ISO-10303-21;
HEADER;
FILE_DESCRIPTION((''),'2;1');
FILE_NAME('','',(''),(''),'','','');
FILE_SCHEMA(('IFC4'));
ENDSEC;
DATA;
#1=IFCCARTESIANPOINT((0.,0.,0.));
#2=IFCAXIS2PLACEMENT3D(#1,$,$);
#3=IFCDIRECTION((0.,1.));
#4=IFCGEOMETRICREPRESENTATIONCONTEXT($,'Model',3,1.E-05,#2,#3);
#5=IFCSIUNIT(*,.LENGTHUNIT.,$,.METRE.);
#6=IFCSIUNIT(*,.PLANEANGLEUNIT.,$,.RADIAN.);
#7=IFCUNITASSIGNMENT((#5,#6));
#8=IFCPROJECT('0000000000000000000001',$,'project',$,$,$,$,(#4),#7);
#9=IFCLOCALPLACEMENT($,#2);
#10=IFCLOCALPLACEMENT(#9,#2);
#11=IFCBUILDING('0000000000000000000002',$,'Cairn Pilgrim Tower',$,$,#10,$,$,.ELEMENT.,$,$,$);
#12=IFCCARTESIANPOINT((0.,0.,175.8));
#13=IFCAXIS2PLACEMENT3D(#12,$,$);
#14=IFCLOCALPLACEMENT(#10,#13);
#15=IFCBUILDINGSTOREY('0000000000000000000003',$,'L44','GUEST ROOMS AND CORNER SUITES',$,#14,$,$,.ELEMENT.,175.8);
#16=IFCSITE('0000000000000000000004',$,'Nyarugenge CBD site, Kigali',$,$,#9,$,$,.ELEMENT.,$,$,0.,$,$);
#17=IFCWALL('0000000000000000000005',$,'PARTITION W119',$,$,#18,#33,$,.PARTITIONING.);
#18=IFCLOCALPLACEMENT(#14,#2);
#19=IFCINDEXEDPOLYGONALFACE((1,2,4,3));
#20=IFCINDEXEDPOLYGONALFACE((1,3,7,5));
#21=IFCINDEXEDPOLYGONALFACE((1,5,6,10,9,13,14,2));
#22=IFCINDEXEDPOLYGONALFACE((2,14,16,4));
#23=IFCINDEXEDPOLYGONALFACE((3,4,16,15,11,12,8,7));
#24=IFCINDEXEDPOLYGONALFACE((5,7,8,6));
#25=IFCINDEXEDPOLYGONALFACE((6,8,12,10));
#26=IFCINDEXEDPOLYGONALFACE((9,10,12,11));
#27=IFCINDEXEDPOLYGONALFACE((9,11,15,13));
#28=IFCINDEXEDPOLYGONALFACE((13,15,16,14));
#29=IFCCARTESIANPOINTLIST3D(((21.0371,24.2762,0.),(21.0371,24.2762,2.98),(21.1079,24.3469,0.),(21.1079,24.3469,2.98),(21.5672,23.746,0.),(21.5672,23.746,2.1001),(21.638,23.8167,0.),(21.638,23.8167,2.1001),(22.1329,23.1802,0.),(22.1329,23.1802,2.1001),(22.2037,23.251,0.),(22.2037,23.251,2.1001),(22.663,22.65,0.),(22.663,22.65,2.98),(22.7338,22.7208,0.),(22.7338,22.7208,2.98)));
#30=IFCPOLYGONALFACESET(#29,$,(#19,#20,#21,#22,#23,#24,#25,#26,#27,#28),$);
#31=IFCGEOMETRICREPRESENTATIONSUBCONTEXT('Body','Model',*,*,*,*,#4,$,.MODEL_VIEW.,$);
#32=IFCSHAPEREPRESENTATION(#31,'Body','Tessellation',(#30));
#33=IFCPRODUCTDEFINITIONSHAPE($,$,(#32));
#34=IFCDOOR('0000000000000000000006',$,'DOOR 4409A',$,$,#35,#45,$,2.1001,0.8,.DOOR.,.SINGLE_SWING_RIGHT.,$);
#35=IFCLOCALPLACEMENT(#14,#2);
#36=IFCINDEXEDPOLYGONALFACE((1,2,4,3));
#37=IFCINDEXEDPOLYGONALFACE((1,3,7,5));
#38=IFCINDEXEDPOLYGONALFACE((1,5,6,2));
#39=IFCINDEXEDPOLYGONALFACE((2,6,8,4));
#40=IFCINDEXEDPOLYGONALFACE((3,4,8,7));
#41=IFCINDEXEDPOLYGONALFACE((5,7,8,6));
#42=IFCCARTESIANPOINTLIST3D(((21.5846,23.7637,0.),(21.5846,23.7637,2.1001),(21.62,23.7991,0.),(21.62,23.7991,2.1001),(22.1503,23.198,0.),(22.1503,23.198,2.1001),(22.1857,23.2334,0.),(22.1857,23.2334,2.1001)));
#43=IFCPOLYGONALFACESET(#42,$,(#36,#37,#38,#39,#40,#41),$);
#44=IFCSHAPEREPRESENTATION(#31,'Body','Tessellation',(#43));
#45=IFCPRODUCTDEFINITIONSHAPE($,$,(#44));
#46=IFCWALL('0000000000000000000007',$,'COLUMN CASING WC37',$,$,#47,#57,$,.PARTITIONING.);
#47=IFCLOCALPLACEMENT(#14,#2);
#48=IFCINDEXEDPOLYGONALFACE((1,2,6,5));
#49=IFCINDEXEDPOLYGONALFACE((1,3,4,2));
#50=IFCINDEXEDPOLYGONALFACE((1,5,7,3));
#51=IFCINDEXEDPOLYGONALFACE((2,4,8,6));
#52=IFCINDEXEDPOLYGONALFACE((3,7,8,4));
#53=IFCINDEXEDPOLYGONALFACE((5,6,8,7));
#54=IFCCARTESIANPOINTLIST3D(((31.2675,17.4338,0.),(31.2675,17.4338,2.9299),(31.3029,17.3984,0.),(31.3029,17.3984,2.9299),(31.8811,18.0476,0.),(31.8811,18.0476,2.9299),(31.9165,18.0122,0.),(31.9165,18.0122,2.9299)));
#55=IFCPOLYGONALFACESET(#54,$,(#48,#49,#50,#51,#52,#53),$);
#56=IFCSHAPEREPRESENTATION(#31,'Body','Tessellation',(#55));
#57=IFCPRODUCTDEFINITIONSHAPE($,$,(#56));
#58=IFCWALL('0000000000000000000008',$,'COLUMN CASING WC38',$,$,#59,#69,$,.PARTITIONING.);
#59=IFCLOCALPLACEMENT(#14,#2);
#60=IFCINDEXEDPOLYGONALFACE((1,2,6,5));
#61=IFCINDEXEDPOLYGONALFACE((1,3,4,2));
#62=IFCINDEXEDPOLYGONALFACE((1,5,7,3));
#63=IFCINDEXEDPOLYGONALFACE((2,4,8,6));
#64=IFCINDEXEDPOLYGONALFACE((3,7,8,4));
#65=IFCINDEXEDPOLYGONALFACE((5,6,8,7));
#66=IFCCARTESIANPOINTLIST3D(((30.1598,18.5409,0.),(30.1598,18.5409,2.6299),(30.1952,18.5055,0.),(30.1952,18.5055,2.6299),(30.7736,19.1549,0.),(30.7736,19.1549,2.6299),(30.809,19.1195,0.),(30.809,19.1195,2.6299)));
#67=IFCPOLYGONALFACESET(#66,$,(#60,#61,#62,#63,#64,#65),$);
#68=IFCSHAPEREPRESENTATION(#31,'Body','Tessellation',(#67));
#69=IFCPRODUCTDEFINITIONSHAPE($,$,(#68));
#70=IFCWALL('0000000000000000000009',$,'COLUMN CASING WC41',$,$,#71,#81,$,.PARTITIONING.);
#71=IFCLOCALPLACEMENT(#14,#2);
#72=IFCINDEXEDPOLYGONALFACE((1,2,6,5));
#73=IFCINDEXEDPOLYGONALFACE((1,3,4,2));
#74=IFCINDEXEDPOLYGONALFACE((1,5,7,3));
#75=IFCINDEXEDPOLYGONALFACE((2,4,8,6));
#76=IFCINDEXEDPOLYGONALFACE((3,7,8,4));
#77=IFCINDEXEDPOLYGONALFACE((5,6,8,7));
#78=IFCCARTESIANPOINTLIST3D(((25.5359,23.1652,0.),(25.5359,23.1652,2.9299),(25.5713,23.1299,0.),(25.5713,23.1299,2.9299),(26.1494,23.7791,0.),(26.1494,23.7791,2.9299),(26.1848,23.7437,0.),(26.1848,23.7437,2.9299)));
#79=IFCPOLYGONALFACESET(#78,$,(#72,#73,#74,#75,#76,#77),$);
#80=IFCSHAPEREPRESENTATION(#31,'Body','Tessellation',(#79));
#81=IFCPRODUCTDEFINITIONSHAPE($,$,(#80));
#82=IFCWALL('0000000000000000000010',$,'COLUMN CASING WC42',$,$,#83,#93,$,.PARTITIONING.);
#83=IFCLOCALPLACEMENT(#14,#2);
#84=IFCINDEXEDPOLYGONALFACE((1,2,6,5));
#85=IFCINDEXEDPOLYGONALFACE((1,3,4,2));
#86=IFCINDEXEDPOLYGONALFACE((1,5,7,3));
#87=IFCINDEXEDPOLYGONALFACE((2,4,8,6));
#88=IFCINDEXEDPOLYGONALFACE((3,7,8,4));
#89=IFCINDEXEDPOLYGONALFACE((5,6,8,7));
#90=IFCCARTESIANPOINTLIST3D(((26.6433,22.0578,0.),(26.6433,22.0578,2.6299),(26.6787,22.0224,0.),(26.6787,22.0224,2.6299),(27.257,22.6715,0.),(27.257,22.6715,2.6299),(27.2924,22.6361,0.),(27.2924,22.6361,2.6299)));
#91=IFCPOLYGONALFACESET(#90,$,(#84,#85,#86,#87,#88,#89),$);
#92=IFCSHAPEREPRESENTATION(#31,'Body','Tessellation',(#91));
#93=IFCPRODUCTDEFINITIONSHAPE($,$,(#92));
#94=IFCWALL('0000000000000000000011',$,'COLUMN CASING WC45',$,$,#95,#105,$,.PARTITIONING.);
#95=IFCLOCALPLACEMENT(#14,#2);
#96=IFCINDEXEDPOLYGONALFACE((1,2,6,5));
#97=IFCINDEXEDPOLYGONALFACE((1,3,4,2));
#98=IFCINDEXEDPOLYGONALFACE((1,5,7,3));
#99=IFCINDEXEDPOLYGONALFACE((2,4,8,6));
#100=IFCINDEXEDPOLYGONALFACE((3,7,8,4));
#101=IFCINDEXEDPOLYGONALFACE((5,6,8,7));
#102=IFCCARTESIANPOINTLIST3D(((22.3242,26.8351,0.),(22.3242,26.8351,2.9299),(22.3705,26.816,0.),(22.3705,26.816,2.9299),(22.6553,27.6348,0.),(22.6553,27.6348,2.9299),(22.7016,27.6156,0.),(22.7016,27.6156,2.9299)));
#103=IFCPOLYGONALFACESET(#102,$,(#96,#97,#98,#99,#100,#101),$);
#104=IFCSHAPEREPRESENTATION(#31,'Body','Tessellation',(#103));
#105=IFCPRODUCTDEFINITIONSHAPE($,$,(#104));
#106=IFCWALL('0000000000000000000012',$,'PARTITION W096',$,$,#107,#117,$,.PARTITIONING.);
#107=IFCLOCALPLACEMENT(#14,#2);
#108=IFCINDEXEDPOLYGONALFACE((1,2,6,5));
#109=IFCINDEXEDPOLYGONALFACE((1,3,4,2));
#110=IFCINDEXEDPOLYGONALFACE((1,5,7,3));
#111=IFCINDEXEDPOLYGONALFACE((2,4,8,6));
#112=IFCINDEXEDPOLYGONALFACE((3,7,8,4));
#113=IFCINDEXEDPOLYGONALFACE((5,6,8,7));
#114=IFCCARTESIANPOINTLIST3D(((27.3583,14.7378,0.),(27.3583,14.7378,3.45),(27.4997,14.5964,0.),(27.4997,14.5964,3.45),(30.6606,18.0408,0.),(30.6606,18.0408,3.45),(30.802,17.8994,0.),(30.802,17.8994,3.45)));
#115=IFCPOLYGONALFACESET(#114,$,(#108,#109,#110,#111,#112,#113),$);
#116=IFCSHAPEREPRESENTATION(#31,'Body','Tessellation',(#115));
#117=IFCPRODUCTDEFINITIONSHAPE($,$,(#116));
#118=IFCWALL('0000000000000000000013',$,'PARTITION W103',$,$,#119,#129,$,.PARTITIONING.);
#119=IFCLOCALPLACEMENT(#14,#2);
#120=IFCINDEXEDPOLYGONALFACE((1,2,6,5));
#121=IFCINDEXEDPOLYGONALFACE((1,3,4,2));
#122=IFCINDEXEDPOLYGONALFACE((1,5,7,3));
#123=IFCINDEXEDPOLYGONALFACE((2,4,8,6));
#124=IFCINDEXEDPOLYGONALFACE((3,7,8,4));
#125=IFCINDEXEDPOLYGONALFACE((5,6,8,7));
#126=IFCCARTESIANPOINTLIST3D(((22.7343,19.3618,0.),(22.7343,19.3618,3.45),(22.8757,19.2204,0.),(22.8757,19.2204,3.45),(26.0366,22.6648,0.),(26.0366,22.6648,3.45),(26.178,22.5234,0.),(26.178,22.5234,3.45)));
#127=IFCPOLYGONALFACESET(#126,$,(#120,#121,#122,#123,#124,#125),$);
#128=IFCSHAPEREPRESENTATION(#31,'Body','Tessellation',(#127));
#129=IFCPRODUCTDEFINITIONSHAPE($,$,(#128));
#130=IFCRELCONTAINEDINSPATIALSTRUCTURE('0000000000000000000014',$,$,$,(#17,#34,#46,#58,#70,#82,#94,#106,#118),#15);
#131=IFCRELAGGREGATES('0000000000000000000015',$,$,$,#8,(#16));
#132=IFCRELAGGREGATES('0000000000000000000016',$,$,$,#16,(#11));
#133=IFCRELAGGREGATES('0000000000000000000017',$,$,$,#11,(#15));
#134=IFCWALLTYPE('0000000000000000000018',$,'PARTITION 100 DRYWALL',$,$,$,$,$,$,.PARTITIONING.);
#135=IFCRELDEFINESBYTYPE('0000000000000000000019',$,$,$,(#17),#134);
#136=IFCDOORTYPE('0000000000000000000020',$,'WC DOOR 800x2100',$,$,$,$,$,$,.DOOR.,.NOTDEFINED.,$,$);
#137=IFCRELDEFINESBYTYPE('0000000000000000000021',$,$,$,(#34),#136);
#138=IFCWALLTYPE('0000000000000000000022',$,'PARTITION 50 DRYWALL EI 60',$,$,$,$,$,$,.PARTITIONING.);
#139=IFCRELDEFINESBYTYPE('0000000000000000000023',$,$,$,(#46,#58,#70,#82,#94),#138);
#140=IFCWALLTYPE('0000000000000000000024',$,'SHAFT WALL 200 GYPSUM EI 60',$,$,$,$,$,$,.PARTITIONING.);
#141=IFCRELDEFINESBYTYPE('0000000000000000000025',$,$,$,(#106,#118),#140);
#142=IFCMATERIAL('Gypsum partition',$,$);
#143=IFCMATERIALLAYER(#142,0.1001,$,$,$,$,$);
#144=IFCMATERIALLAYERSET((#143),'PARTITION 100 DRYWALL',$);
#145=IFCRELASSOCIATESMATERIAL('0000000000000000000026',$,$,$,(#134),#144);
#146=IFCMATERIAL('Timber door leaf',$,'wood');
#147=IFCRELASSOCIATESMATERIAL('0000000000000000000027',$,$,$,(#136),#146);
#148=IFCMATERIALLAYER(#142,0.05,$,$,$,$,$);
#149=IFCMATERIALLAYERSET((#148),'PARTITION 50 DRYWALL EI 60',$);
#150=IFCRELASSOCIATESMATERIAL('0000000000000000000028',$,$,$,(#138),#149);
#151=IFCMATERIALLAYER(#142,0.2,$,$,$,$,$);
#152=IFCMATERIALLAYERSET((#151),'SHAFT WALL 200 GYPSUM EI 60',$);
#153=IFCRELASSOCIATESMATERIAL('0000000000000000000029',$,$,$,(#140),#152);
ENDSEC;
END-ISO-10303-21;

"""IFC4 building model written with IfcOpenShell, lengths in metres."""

from ifc_helpers import new_model, si_unit, direction, frame, frame_2d, origin, place, context, subcontext, project, spatial, rectangle, extrude, material, layer, layer_set, type_object, element, fill, save


model = new_model("IFC4")

# Units and contexts
model_context = context("Model", 3, precision=1e-05, world=origin(), true_north=direction((0.0, 1.0)))
body_context = subcontext(model_context, "Body", "Model", "MODEL_VIEW")
ifc_project = project(units=[si_unit("LENGTHUNIT", "METRE"), si_unit("PLANEANGLEUNIT", "RADIAN")], contexts=[model_context])

# Site, building, storey
site_placement = place(None, origin())
site = spatial("IfcSite", under=ifc_project, at=site_placement, Name="Nyarugenge CBD site, Kigali", CompositionType="ELEMENT", RefElevation=0.0)
building_placement = place(site_placement, origin())
building = spatial("IfcBuilding", under=site, at=building_placement, Name="Cairn Pilgrim Tower", CompositionType="ELEMENT")
storey_placement = place(building_placement, frame((0.0, 0.0, 175.8)))
storey = spatial("IfcBuildingStorey", under=building, at=storey_placement, Name="L44", Description="GUEST ROOMS AND CORNER SUITES", CompositionType="ELEMENT", Elevation=175.8)

# Wall, opening, door
ifc_material_1 = material(Name="Gypsum partition")
ifc_layer_1 = layer(ifc_material_1, 0.1001)
ifc_layer_set_1 = layer_set([ifc_layer_1], Name="PARTITION 100 DRYWALL")
wall_type_1 = type_object("IfcWallType", Name="PARTITION 100 DRYWALL", PredefinedType="PARTITIONING", material=ifc_layer_set_1)
wall_1_placement = place(storey_placement, frame((22.6985, 22.6853, 0.0), z_axis=(0.0, 0.0, 1.0), x_axis=(-0.707054, 0.70716, 0.0)))
wall_1 = element("IfcWall", 1, at=wall_1_placement, inside=storey, type_object=wall_type_1, Name="PARTITION W119", PredefinedType="PARTITIONING", context=body_context, shape_type="SweptSolid", body=[
    extrude(rectangle(XDim=2.2996, YDim=0.1001, at=frame_2d((1.1499, 0.0))), origin(), (0.0, 0.0, 1.0), 2.98),
])
opening_1_placement = place(wall_1_placement, frame((0.75, 0.0, 0.0)))
opening_1 = element("IfcOpeningElement", 2, at=opening_1_placement, cuts=wall_1, PredefinedType="OPENING", context=body_context, shape_type="SweptSolid", body=[
    extrude(rectangle(XDim=0.8, YDim=2.1001, at=frame_2d((0.3999, 1.05))), frame((0.0, 0.0601, 0.0), z_axis=(0.0, -1.0, 0.0), x_axis=(1.0, 0.0, 0.0)), (0.0, 0.0, 1.0), 0.1201),
])
ifc_material_2 = material(Name="Timber door leaf", Category="wood")
door_type_1 = type_object("IfcDoorType", Name="WC DOOR 800x2100", OperationType="NOTDEFINED", PredefinedType="DOOR", material=ifc_material_2)
door_1_placement = place(opening_1_placement, frame((0.8, 0.0, 0.0), z_axis=(0.0, 0.0, 1.0), x_axis=(-1.0, 0.0, 0.0)))
door_1 = element("IfcDoor", 3, at=door_1_placement, inside=storey, type_object=door_type_1, Name="DOOR 4409A", OperationType="SINGLE_SWING_RIGHT", OverallHeight=2.1001, OverallWidth=0.8, PredefinedType="DOOR", context=body_context, shape_type="SweptSolid", body=[
    extrude(rectangle(XDim=0.8, YDim=2.1001, at=frame_2d((0.3999, 1.05))), frame((0.0, 0.0249, 0.0), z_axis=(0.0, -1.0, 0.0), x_axis=(1.0, 0.0, 0.0)), (0.0, 0.0, 1.0), 0.05),
])
fill(opening_1, door_1)

# Walls
ifc_layer_2 = layer(ifc_material_1, 0.05)
ifc_layer_set_2 = layer_set([ifc_layer_2], Name="PARTITION 50 DRYWALL EI 60")
wall_type_2 = type_object("IfcWallType", Name="PARTITION 50 DRYWALL EI 60", PredefinedType="PARTITIONING", material=ifc_layer_set_2)
wall_2_placement = place(storey_placement, frame((31.2852, 17.416, 0.0), z_axis=(0.0, 0.0, 1.0), x_axis=(0.706966, 0.707247, 0.0)))
element("IfcWall", 4, at=wall_2_placement, inside=storey, type_object=wall_type_2, Name="COLUMN CASING WC37", PredefinedType="PARTITIONING", context=body_context, shape_type="SweptSolid", body=[
    extrude(rectangle(XDim=0.8679, YDim=0.05, at=frame_2d((0.4341, 0.0))), origin(), (0.0, 0.0, 1.0), 2.9299),
])
wall_3_placement = place(storey_placement, frame((30.1775, 18.5232, 0.0), z_axis=(0.0, 0.0, 1.0), x_axis=(0.706966, 0.707247, 0.0)))
element("IfcWall", 5, at=wall_3_placement, inside=storey, type_object=wall_type_2, Name="COLUMN CASING WC38", PredefinedType="PARTITIONING", context=body_context, shape_type="SweptSolid", body=[
    extrude(rectangle(XDim=0.8682, YDim=0.05, at=frame_2d((0.4341, 0.0))), origin(), (0.0, 0.0, 1.0), 2.6299),
])
wall_4_placement = place(storey_placement, frame((25.5535, 23.1475, 0.0), z_axis=(0.0, 0.0, 1.0), x_axis=(0.706966, 0.707247, 0.0)))
element("IfcWall", 6, at=wall_4_placement, inside=storey, type_object=wall_type_2, Name="COLUMN CASING WC41", PredefinedType="PARTITIONING", context=body_context, shape_type="SweptSolid", body=[
    extrude(rectangle(XDim=0.8679, YDim=0.05, at=frame_2d((0.4341, 0.0))), origin(), (0.0, 0.0, 1.0), 2.9299),
])
wall_5_placement = place(storey_placement, frame((26.6609, 22.04, 0.0), z_axis=(0.0, 0.0, 1.0), x_axis=(0.707107, 0.707107, 0.0)))
element("IfcWall", 7, at=wall_5_placement, inside=storey, type_object=wall_type_2, Name="COLUMN CASING WC42", PredefinedType="PARTITIONING", context=body_context, shape_type="SweptSolid", body=[
    extrude(rectangle(XDim=0.8679, YDim=0.05, at=frame_2d((0.4341, 0.0))), origin(), (0.0, 0.0, 1.0), 2.6299),
])
wall_6_placement = place(storey_placement, frame((22.3474, 26.8257, 0.0), z_axis=(0.0, 0.0, 1.0), x_axis=(0.382551, 0.923934, 0.0)))
element("IfcWall", 8, at=wall_6_placement, inside=storey, type_object=wall_type_2, Name="COLUMN CASING WC45", PredefinedType="PARTITIONING", context=body_context, shape_type="SweptSolid", body=[
    extrude(rectangle(XDim=0.8655, YDim=0.05, at=frame_2d((0.4326, 0.0))), origin(), (0.0, 0.0, 1.0), 2.9299),
])
ifc_layer_3 = layer(ifc_material_1, 0.2)
ifc_layer_set_3 = layer_set([ifc_layer_3], Name="SHAFT WALL 200 GYPSUM EI 60")
wall_type_3 = type_object("IfcWallType", Name="SHAFT WALL 200 GYPSUM EI 60", PredefinedType="PARTITIONING", material=ifc_layer_set_3)
for number, where, z_axis, x_axis, name in (
    (9, (27.429, 14.667, 0.0), (0.0, 0.0, 1.0), (0.707028, 0.707185, 0.0), "PARTITION W096"),
    (10, (22.8049, 19.291, 0.0), (0.0, 0.0, 1.0), (0.707028, 0.707185, 0.0), "PARTITION W103"),
):
    element("IfcWall", number, at=place(storey_placement, frame(where, z_axis=z_axis, x_axis=x_axis)), inside=storey, type_object=wall_type_3, Name=name, PredefinedType="PARTITIONING", context=body_context, shape_type="SweptSolid", body=[
        extrude(rectangle(XDim=4.6707, YDim=0.2, at=frame_2d((2.3354, 0.0))), origin(), (0.0, 0.0, 1.0), 3.45),
    ])

save(model, "model.ifc")
